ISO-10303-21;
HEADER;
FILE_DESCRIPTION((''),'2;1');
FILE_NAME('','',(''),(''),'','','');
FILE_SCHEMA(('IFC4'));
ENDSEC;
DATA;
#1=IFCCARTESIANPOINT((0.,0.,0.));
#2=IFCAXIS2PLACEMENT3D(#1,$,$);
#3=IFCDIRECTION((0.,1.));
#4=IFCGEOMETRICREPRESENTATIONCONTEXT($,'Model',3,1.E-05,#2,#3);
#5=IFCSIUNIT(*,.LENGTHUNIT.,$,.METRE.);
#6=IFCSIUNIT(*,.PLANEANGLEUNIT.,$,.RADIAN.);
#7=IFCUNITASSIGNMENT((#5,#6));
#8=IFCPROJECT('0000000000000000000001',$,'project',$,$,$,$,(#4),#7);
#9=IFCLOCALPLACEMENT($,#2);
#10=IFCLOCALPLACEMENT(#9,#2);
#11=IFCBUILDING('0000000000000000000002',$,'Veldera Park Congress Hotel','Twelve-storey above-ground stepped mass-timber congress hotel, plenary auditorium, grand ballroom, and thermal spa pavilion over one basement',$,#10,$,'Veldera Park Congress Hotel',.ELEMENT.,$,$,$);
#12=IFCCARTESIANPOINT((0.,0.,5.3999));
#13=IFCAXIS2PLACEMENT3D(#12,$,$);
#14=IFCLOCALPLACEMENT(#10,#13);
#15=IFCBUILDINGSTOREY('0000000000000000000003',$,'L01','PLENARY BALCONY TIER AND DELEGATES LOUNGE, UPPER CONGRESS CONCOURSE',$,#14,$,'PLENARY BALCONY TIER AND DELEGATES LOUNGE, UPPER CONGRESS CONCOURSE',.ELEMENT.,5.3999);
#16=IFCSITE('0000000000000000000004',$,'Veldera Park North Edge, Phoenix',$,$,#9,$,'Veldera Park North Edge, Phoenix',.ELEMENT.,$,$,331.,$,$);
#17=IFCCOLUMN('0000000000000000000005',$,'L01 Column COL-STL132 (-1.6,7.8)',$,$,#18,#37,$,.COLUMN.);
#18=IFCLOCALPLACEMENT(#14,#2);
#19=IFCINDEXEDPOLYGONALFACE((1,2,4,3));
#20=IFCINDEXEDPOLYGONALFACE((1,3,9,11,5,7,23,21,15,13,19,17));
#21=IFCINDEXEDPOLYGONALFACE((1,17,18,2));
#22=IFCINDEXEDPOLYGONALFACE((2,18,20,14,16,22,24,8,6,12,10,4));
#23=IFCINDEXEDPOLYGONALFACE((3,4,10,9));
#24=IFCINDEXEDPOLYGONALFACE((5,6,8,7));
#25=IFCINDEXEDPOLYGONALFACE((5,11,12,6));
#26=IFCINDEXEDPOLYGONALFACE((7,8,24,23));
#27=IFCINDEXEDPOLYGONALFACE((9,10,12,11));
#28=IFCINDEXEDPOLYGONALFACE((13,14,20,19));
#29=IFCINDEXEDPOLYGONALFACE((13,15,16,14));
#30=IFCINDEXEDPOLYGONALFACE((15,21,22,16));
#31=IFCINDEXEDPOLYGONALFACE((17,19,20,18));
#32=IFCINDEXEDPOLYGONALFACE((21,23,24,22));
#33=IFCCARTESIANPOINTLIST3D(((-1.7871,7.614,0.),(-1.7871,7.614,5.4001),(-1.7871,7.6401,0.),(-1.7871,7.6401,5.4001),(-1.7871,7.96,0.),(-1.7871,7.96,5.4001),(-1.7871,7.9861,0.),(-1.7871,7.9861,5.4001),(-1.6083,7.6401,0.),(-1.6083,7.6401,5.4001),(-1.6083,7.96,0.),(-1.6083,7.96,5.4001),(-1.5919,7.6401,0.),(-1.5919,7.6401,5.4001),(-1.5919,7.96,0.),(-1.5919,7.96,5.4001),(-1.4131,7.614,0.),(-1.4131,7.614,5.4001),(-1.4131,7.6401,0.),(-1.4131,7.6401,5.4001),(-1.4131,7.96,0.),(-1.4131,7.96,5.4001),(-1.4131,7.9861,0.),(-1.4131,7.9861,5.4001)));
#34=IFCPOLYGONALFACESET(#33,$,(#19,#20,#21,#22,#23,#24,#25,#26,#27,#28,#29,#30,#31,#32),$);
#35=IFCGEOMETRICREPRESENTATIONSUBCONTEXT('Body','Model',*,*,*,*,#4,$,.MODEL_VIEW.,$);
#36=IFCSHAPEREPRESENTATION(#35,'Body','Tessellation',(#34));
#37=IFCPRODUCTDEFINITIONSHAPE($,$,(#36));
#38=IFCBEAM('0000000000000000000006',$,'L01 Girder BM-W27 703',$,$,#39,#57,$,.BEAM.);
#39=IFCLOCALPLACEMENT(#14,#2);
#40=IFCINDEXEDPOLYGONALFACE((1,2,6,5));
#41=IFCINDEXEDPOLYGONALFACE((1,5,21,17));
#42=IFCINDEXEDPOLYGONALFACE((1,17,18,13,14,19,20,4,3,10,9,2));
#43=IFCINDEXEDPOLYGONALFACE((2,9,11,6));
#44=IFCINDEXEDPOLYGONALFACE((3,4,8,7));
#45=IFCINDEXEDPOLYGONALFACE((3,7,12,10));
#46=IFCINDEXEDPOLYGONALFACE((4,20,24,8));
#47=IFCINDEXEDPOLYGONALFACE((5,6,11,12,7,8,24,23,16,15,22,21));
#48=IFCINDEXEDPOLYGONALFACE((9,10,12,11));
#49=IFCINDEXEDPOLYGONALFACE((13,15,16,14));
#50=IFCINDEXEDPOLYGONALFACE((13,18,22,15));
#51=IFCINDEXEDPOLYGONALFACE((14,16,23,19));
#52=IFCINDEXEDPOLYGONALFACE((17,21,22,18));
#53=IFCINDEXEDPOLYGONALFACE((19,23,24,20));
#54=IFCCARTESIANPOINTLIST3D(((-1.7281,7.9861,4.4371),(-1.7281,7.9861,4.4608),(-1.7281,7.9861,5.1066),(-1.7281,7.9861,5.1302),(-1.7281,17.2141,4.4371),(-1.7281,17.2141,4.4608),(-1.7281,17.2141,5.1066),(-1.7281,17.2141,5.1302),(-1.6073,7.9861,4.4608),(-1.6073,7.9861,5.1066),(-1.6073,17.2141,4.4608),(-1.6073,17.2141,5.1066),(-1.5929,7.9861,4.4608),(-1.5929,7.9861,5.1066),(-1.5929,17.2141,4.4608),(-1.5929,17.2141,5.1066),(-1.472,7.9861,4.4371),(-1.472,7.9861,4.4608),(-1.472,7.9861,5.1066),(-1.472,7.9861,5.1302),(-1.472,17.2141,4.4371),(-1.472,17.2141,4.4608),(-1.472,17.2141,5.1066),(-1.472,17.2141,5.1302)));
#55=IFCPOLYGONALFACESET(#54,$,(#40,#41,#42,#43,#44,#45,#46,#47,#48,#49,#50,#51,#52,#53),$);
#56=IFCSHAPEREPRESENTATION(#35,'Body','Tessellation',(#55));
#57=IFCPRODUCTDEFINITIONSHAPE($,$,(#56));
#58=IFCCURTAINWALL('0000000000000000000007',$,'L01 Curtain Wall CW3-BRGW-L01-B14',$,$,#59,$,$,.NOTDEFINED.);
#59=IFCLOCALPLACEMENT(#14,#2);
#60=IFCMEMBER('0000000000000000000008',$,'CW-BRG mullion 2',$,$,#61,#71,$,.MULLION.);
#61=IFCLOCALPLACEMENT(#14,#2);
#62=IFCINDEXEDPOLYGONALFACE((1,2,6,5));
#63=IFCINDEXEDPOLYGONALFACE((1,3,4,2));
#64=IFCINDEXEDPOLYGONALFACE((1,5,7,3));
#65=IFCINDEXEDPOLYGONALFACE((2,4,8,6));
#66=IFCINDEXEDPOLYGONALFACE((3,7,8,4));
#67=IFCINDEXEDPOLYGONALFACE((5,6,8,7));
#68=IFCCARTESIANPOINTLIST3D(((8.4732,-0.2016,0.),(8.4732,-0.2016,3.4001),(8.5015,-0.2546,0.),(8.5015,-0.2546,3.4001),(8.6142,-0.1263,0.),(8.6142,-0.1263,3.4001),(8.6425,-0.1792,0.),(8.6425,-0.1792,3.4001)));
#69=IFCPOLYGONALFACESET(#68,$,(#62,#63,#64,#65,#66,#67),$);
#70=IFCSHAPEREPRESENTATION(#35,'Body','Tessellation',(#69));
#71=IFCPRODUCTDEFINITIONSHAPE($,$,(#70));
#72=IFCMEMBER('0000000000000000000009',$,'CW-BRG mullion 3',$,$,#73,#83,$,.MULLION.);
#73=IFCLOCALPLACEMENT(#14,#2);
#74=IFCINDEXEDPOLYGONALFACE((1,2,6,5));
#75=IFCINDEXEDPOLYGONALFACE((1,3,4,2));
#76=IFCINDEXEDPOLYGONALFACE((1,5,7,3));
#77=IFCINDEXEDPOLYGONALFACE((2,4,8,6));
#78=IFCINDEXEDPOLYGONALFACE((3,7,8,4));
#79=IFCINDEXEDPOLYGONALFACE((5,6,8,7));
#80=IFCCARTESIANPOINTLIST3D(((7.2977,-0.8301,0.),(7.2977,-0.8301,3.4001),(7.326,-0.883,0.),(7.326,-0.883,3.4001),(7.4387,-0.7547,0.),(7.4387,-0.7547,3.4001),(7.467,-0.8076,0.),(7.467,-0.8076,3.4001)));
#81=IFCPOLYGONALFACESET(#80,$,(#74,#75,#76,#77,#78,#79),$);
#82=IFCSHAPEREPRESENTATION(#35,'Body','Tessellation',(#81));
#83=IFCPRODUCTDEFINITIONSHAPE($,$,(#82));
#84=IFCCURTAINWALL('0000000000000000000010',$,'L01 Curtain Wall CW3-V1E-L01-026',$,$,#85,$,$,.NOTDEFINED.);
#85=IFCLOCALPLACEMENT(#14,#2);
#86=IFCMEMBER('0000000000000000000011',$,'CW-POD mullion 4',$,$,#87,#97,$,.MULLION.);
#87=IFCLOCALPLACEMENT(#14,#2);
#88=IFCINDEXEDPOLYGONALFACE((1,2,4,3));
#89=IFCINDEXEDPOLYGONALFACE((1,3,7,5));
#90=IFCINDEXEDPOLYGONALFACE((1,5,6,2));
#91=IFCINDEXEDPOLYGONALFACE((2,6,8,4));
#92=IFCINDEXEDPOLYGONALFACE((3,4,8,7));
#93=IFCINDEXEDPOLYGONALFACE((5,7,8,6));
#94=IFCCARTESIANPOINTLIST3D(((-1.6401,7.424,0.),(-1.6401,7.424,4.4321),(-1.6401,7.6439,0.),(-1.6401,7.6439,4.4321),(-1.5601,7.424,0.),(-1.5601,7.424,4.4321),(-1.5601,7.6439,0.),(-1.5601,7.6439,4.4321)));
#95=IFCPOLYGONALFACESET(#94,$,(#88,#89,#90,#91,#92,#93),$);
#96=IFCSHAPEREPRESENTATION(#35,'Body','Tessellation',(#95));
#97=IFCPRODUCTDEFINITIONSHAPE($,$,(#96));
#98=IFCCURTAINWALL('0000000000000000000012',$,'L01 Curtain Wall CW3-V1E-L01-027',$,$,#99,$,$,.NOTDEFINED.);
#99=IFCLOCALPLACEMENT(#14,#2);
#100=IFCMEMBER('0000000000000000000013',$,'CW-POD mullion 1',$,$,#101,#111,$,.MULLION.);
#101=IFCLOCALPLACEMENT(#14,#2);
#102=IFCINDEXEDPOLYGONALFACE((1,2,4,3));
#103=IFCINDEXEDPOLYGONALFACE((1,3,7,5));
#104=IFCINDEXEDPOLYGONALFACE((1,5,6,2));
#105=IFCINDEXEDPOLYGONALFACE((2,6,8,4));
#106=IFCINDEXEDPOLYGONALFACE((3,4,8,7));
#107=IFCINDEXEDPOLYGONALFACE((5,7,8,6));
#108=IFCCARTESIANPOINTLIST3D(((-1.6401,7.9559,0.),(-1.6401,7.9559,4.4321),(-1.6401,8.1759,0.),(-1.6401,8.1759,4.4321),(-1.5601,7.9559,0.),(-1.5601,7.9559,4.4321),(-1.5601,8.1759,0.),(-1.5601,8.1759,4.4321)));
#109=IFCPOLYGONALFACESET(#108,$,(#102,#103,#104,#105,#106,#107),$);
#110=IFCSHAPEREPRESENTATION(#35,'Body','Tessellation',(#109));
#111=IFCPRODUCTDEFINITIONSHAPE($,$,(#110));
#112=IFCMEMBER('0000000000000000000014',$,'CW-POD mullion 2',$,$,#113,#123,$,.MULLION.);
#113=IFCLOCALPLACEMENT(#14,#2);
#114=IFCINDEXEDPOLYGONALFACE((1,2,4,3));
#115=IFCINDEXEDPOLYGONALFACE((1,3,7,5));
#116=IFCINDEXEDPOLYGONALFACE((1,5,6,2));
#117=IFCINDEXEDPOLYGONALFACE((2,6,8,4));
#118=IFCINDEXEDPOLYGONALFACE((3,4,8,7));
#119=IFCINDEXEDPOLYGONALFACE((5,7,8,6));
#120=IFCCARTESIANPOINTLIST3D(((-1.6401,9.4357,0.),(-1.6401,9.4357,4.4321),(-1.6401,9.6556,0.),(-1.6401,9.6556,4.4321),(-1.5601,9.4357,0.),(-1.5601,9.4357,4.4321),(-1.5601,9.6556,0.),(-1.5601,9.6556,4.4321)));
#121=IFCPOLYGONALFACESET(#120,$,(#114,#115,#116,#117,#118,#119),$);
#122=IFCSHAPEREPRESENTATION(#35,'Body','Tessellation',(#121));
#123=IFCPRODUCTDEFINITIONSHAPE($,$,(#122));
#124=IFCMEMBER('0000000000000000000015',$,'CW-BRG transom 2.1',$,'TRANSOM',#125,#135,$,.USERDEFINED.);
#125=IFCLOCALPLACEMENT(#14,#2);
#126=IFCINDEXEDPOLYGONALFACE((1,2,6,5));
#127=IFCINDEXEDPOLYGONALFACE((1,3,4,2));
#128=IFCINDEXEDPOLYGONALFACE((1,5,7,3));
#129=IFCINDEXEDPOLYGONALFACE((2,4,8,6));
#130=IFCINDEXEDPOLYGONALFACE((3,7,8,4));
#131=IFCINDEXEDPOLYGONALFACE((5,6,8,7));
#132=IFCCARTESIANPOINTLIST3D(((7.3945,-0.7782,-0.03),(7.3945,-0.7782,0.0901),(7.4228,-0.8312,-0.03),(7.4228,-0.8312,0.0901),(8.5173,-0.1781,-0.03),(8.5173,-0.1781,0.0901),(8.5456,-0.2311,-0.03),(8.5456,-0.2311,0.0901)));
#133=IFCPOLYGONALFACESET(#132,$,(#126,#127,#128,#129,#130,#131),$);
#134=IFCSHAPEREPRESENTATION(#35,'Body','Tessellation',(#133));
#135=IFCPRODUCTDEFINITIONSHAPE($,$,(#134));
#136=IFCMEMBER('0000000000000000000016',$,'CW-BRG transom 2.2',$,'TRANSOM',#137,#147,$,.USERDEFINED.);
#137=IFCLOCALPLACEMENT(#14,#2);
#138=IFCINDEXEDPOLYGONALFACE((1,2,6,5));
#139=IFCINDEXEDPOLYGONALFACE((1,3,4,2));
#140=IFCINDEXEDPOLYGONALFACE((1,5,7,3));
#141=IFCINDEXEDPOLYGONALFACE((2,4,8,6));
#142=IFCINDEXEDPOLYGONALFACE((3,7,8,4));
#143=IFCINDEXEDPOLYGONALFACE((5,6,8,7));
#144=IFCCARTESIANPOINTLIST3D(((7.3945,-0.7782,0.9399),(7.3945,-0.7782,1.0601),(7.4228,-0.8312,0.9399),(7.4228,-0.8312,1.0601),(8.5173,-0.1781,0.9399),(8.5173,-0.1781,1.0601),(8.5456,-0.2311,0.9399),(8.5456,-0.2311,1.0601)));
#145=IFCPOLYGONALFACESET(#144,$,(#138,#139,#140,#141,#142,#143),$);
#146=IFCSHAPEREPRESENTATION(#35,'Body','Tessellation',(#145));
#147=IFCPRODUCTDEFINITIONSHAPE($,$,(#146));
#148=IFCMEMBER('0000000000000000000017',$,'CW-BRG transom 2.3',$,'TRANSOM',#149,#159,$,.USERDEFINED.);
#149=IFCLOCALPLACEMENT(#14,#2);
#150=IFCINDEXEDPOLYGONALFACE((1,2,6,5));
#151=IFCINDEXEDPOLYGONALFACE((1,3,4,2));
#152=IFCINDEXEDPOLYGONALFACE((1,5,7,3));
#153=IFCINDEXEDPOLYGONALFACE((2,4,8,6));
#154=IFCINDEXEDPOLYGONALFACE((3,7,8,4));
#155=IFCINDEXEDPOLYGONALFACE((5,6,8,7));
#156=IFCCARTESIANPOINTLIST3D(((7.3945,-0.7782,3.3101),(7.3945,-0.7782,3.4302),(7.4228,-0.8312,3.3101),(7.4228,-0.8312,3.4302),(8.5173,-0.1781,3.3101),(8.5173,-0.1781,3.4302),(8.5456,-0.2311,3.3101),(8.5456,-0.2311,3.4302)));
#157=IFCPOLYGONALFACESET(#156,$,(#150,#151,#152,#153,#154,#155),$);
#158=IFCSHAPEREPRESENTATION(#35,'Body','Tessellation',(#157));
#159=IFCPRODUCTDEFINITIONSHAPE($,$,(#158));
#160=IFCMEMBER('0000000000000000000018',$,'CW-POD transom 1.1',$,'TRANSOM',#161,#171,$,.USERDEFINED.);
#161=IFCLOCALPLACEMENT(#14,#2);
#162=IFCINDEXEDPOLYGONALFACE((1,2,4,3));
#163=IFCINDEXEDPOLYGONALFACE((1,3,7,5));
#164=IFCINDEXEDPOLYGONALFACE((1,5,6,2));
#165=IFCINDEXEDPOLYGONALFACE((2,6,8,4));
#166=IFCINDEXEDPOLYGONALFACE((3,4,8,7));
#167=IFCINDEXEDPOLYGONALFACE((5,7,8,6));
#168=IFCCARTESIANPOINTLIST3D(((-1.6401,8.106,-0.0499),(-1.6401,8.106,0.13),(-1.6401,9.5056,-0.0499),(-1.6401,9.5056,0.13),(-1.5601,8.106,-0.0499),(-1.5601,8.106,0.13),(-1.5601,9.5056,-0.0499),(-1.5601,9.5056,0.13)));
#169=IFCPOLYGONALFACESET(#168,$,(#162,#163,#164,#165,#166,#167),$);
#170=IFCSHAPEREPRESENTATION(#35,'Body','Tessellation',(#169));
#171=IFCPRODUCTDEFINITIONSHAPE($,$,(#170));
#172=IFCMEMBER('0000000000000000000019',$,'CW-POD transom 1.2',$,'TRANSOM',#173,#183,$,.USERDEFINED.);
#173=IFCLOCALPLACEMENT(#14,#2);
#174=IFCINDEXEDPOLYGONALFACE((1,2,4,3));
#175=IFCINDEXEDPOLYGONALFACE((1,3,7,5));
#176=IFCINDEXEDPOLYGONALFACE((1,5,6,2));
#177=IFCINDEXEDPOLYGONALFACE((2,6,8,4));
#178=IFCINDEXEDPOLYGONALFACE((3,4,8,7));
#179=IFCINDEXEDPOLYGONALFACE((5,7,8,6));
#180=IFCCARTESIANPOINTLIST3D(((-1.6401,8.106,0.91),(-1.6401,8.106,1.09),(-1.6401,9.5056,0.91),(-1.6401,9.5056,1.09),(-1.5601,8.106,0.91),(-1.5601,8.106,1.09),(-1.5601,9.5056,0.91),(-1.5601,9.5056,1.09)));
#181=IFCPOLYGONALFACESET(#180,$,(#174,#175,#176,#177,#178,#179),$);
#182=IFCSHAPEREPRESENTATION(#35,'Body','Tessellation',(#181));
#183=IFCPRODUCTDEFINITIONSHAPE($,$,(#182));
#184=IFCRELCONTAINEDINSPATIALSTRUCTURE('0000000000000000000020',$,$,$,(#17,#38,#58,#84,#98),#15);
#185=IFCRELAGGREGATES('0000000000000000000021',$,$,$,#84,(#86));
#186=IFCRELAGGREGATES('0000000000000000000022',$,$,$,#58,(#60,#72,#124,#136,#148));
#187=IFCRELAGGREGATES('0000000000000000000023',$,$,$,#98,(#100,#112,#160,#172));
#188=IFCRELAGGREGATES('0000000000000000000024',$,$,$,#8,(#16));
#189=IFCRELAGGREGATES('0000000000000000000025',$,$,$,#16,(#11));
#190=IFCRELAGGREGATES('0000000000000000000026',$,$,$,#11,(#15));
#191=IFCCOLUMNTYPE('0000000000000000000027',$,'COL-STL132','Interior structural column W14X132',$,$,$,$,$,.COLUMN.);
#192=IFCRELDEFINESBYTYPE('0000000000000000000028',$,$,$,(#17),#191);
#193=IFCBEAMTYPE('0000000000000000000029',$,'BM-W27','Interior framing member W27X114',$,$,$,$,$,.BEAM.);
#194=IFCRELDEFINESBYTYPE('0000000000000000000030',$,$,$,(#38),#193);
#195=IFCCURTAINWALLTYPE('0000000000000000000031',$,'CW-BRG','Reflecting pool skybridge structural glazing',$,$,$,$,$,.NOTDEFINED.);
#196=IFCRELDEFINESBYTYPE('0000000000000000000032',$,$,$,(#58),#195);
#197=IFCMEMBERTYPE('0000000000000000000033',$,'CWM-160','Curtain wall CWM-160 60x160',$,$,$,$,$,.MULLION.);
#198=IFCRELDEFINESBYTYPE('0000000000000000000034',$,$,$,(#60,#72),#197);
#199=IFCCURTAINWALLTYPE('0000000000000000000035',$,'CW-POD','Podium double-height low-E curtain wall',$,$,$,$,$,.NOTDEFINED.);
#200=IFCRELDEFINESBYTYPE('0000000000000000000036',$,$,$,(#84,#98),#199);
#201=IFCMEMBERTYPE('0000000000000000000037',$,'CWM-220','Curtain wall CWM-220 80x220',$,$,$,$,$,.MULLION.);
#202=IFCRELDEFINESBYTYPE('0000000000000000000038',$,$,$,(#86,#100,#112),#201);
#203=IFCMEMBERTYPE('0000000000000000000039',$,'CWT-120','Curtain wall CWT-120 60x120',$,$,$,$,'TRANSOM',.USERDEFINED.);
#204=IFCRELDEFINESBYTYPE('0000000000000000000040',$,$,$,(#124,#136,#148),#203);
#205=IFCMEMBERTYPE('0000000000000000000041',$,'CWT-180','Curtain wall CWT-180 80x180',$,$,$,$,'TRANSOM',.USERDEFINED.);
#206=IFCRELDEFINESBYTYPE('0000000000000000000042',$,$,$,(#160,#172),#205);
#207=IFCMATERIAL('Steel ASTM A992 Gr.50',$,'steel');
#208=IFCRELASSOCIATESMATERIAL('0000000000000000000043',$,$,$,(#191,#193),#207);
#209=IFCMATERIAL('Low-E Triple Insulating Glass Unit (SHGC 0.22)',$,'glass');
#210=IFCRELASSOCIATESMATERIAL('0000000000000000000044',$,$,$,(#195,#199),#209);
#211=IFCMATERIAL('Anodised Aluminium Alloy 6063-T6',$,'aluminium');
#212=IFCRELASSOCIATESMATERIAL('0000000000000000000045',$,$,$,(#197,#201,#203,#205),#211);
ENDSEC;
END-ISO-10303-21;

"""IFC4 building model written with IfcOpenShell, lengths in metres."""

from ifc_helpers import new_model, si_unit, direction, frame, origin, origin_2d, place, context, subcontext, project, spatial, rectangle, i_section, extrude, material, material_profile, profile_set, type_object, element, aggregate, save


model = new_model("IFC4")

# Units and contexts
model_context = context("Model", 3, precision=1e-05, world=origin(), true_north=direction((0.0, 1.0)))
body_context = subcontext(model_context, "Body", "Model", "MODEL_VIEW")
ifc_project = project(units=[si_unit("LENGTHUNIT", "METRE"), si_unit("PLANEANGLEUNIT", "RADIAN")], contexts=[model_context])

# Site, building, storey
site_placement = place(None, origin())
site = spatial("IfcSite", under=ifc_project, at=site_placement, Name="Veldera Park North Edge, Phoenix", LongName="Veldera Park North Edge, Phoenix", CompositionType="ELEMENT", RefElevation=331.0)
building_placement = place(site_placement, origin())
building = spatial("IfcBuilding", under=site, at=building_placement, Name="Veldera Park Congress Hotel", Description="Twelve-storey above-ground stepped mass-timber congress hotel, plenary auditorium, grand ballroom, and thermal spa pavilion over one basement", LongName="Veldera Park Congress Hotel", CompositionType="ELEMENT")
storey_placement = place(building_placement, frame((0.0, 0.0, 5.3999)))
storey = spatial("IfcBuildingStorey", under=building, at=storey_placement, Name="L01", Description="PLENARY BALCONY TIER AND DELEGATES LOUNGE, UPPER CONGRESS CONCOURSE", LongName="PLENARY BALCONY TIER AND DELEGATES LOUNGE, UPPER CONGRESS CONCOURSE", CompositionType="ELEMENT", Elevation=5.3999)

# Column
ifc_material_1 = material(Name="Steel ASTM A992 Gr.50", Category="steel")
ifc_material_profile_1 = material_profile(ifc_material_1, i_section(OverallWidth=0.374, OverallDepth=0.3721, WebThickness=0.0164, FlangeThickness=0.0261, at=origin_2d()), Name="W14X132")
ifc_profile_set_1 = profile_set([ifc_material_profile_1], Name="Steel ASTM A992 Gr.50")
column_type = type_object("IfcColumnType", Name="COL-STL132", Description="Interior structural column W14X132", PredefinedType="COLUMN", material=ifc_profile_set_1)
column_placement = place(storey_placement, frame((-1.6001, 7.8, 0.0), z_axis=(0.0, 0.0, 1.0), x_axis=(1.0, 0.0, 0.0)))
element("IfcColumn", 1, at=column_placement, inside=storey, type_object=column_type, Name="L01 Column COL-STL132 (-1.6,7.8)", PredefinedType="COLUMN", context=body_context, shape_type="SweptSolid", body=[
    extrude(i_section(OverallWidth=0.374, OverallDepth=0.3721, WebThickness=0.0164, FlangeThickness=0.0261, at=origin_2d()), origin(), (0.0, 0.0, 1.0), 5.4001),
])

# Beam
ifc_material_profile_2 = material_profile(ifc_material_1, i_section(OverallWidth=0.2561, OverallDepth=0.6931, WebThickness=0.0144, FlangeThickness=0.0237, at=origin_2d()), Name="W27X114")
ifc_profile_set_2 = profile_set([ifc_material_profile_2], Name="Steel ASTM A992 Gr.50")
beam_type = type_object("IfcBeamType", Name="BM-W27", Description="Interior framing member W27X114", PredefinedType="BEAM", material=ifc_profile_set_2)
beam_placement = place(storey_placement, frame((-1.6001, 7.9861, 4.7837), z_axis=(0.0, 1.0, 0.0), x_axis=(-1.0, 0.0, 0.0)))
element("IfcBeam", 2, at=beam_placement, inside=storey, type_object=beam_type, Name="L01 Girder BM-W27 703", PredefinedType="BEAM", context=body_context, shape_type="SweptSolid", body=[
    extrude(i_section(OverallWidth=0.2561, OverallDepth=0.6931, WebThickness=0.0144, FlangeThickness=0.0237, at=origin_2d()), origin(), (0.0, 0.0, 1.0), 9.228),
])

# Curtain wall, members
ifc_material_2 = material(Name="Low-E Triple Insulating Glass Unit (SHGC 0.22)", Category="glass")
curtain_wall_type_1 = type_object("IfcCurtainWallType", Name="CW-BRG", Description="Reflecting pool skybridge structural glazing", PredefinedType="NOTDEFINED", material=ifc_material_2)
curtain_wall_1_placement = place(storey_placement, origin())
curtain_wall_1 = element("IfcCurtainWall", 3, at=curtain_wall_1_placement, inside=storey, type_object=curtain_wall_type_1, Name="L01 Curtain Wall CW3-BRGW-L01-B14", PredefinedType="NOTDEFINED")
ifc_material_3 = material(Name="Anodised Aluminium Alloy 6063-T6", Category="aluminium")
ifc_material_profile_3 = material_profile(ifc_material_3, rectangle(XDim=0.0601, YDim=0.1599, at=origin_2d()), Name="ALU 60x160")
ifc_profile_set_3 = profile_set([ifc_material_profile_3], Name="Anodised Aluminium Alloy 6063-T6")
member_type_1 = type_object("IfcMemberType", Name="CWM-160", Description="Curtain wall CWM-160 60x160", PredefinedType="MULLION", material=ifc_profile_set_3)
member_1_placement = place(storey_placement, frame((8.5579, -0.1904, 0.0), z_axis=(0.0, 0.0, 1.0), x_axis=(0.471384, -0.881928, 0.0)))
member_1 = element("IfcMember", 4, at=member_1_placement, type_object=member_type_1, Name="CW-BRG mullion 2", PredefinedType="MULLION", context=body_context, shape_type="SweptSolid", body=[
    extrude(rectangle(XDim=0.0601, YDim=0.1599, at=origin_2d()), origin(), (0.0, 0.0, 1.0), 3.4001),
])
member_2_placement = place(storey_placement, frame((7.3823, -0.8188, 0.0), z_axis=(0.0, 0.0, 1.0), x_axis=(0.471384, -0.881928, 0.0)))
member_2 = element("IfcMember", 5, at=member_2_placement, type_object=member_type_1, Name="CW-BRG mullion 3", PredefinedType="MULLION", context=body_context, shape_type="SweptSolid", body=[
    extrude(rectangle(XDim=0.0601, YDim=0.1599, at=origin_2d()), origin(), (0.0, 0.0, 1.0), 3.4001),
])

# Curtain wall, member
curtain_wall_type_2 = type_object("IfcCurtainWallType", Name="CW-POD", Description="Podium double-height low-E curtain wall", PredefinedType="NOTDEFINED", material=ifc_material_2)
curtain_wall_2_placement = place(storey_placement, origin())
curtain_wall_2 = element("IfcCurtainWall", 6, at=curtain_wall_2_placement, inside=storey, type_object=curtain_wall_type_2, Name="L01 Curtain Wall CW3-V1E-L01-026", PredefinedType="NOTDEFINED")
ifc_material_profile_4 = material_profile(ifc_material_3, rectangle(XDim=0.0801, YDim=0.22, at=origin_2d()), Name="ALU 80x220")
ifc_profile_set_4 = profile_set([ifc_material_profile_4], Name="Anodised Aluminium Alloy 6063-T6")
member_type_2 = type_object("IfcMemberType", Name="CWM-220", Description="Curtain wall CWM-220 80x220", PredefinedType="MULLION", material=ifc_profile_set_4)
member_3_placement = place(storey_placement, frame((-1.6001, 7.5339, 0.0), z_axis=(0.0, 0.0, 1.0), x_axis=(-1.0, 0.0, 0.0)))
member_3 = element("IfcMember", 7, at=member_3_placement, type_object=member_type_2, Name="CW-POD mullion 4", PredefinedType="MULLION", context=body_context, shape_type="SweptSolid", body=[
    extrude(rectangle(XDim=0.0801, YDim=0.22, at=origin_2d()), origin(), (0.0, 0.0, 1.0), 4.4321),
])
aggregate(curtain_wall_2, [member_3])

# Curtain wall, members
curtain_wall_3_placement = place(storey_placement, origin())
curtain_wall_3 = element("IfcCurtainWall", 8, at=curtain_wall_3_placement, inside=storey, type_object=curtain_wall_type_2, Name="L01 Curtain Wall CW3-V1E-L01-027", PredefinedType="NOTDEFINED")
member_4_placement = place(storey_placement, frame((-1.6001, 8.0659, 0.0), z_axis=(0.0, 0.0, 1.0), x_axis=(-1.0, 0.0, 0.0)))
member_4 = element("IfcMember", 9, at=member_4_placement, type_object=member_type_2, Name="CW-POD mullion 1", PredefinedType="MULLION", context=body_context, shape_type="SweptSolid", body=[
    extrude(rectangle(XDim=0.0801, YDim=0.22, at=origin_2d()), origin(), (0.0, 0.0, 1.0), 4.4321),
])
member_5_placement = place(storey_placement, frame((-1.6001, 9.5457, 0.0), z_axis=(0.0, 0.0, 1.0), x_axis=(-1.0, 0.0, 0.0)))
member_5 = element("IfcMember", 10, at=member_5_placement, type_object=member_type_2, Name="CW-POD mullion 2", PredefinedType="MULLION", context=body_context, shape_type="SweptSolid", body=[
    extrude(rectangle(XDim=0.0801, YDim=0.22, at=origin_2d()), origin(), (0.0, 0.0, 1.0), 4.4321),
])

# Members
ifc_material_profile_5 = material_profile(ifc_material_3, rectangle(XDim=0.0601, YDim=0.1201, at=origin_2d()), Name="ALU 60x120")
ifc_profile_set_5 = profile_set([ifc_material_profile_5], Name="Anodised Aluminium Alloy 6063-T6")
member_type_3 = type_object("IfcMemberType", Name="CWT-120", Description="Curtain wall CWT-120 60x120", ElementType="TRANSOM", PredefinedType="USERDEFINED", material=ifc_profile_set_5)
member_6_placement = place(storey_placement, frame((8.5315, -0.2046, 0.03), z_axis=(-0.881939, -0.471364, 0.0), x_axis=(0.471364, -0.881939, 0.0)))
member_6 = element("IfcMember", 11, at=member_6_placement, type_object=member_type_3, Name="CW-BRG transom 2.1", ObjectType="TRANSOM", PredefinedType="USERDEFINED", context=body_context, shape_type="SweptSolid", body=[
    extrude(rectangle(XDim=0.0601, YDim=0.1201, at=origin_2d()), origin(), (0.0, 0.0, 1.0), 1.2732),
])
member_7_placement = place(storey_placement, frame((8.5315, -0.2046, 1.0), z_axis=(-0.881939, -0.471364, 0.0), x_axis=(0.471364, -0.881939, 0.0)))
member_7 = element("IfcMember", 12, at=member_7_placement, type_object=member_type_3, Name="CW-BRG transom 2.2", ObjectType="TRANSOM", PredefinedType="USERDEFINED", context=body_context, shape_type="SweptSolid", body=[
    extrude(rectangle(XDim=0.0601, YDim=0.1201, at=origin_2d()), origin(), (0.0, 0.0, 1.0), 1.2732),
])
member_8_placement = place(storey_placement, frame((8.5315, -0.2046, 3.3701), z_axis=(-0.881939, -0.471364, 0.0), x_axis=(0.471364, -0.881939, 0.0)))
member_8 = element("IfcMember", 13, at=member_8_placement, type_object=member_type_3, Name="CW-BRG transom 2.3", ObjectType="TRANSOM", PredefinedType="USERDEFINED", context=body_context, shape_type="SweptSolid", body=[
    extrude(rectangle(XDim=0.0601, YDim=0.1201, at=origin_2d()), origin(), (0.0, 0.0, 1.0), 1.2732),
])
ifc_material_profile_6 = material_profile(ifc_material_3, rectangle(XDim=0.0801, YDim=0.1799, at=origin_2d()), Name="ALU 80x180")
ifc_profile_set_6 = profile_set([ifc_material_profile_6], Name="Anodised Aluminium Alloy 6063-T6")
member_type_4 = type_object("IfcMemberType", Name="CWT-180", Description="Curtain wall CWT-180 80x180", ElementType="TRANSOM", PredefinedType="USERDEFINED", material=ifc_profile_set_6)
member_9_placement = place(storey_placement, frame((-1.6001, 8.106, 0.04), z_axis=(0.0, 1.0, 0.0), x_axis=(-1.0, 0.0, 0.0)))
member_9 = element("IfcMember", 14, at=member_9_placement, type_object=member_type_4, Name="CW-POD transom 1.1", ObjectType="TRANSOM", PredefinedType="USERDEFINED", context=body_context, shape_type="SweptSolid", body=[
    extrude(rectangle(XDim=0.0801, YDim=0.1799, at=origin_2d()), origin(), (0.0, 0.0, 1.0), 1.3997),
])
member_10_placement = place(storey_placement, frame((-1.6001, 8.106, 1.0), z_axis=(0.0, 1.0, 0.0), x_axis=(-1.0, 0.0, 0.0)))
member_10 = element("IfcMember", 15, at=member_10_placement, type_object=member_type_4, Name="CW-POD transom 1.2", ObjectType="TRANSOM", PredefinedType="USERDEFINED", context=body_context, shape_type="SweptSolid", body=[
    extrude(rectangle(XDim=0.0801, YDim=0.1799, at=origin_2d()), origin(), (0.0, 0.0, 1.0), 1.3997),
])

aggregate(curtain_wall_1, [member_1, member_2, member_6, member_7, member_8])
aggregate(curtain_wall_3, [member_4, member_5, member_9, member_10])

save(model, "model.ifc")
